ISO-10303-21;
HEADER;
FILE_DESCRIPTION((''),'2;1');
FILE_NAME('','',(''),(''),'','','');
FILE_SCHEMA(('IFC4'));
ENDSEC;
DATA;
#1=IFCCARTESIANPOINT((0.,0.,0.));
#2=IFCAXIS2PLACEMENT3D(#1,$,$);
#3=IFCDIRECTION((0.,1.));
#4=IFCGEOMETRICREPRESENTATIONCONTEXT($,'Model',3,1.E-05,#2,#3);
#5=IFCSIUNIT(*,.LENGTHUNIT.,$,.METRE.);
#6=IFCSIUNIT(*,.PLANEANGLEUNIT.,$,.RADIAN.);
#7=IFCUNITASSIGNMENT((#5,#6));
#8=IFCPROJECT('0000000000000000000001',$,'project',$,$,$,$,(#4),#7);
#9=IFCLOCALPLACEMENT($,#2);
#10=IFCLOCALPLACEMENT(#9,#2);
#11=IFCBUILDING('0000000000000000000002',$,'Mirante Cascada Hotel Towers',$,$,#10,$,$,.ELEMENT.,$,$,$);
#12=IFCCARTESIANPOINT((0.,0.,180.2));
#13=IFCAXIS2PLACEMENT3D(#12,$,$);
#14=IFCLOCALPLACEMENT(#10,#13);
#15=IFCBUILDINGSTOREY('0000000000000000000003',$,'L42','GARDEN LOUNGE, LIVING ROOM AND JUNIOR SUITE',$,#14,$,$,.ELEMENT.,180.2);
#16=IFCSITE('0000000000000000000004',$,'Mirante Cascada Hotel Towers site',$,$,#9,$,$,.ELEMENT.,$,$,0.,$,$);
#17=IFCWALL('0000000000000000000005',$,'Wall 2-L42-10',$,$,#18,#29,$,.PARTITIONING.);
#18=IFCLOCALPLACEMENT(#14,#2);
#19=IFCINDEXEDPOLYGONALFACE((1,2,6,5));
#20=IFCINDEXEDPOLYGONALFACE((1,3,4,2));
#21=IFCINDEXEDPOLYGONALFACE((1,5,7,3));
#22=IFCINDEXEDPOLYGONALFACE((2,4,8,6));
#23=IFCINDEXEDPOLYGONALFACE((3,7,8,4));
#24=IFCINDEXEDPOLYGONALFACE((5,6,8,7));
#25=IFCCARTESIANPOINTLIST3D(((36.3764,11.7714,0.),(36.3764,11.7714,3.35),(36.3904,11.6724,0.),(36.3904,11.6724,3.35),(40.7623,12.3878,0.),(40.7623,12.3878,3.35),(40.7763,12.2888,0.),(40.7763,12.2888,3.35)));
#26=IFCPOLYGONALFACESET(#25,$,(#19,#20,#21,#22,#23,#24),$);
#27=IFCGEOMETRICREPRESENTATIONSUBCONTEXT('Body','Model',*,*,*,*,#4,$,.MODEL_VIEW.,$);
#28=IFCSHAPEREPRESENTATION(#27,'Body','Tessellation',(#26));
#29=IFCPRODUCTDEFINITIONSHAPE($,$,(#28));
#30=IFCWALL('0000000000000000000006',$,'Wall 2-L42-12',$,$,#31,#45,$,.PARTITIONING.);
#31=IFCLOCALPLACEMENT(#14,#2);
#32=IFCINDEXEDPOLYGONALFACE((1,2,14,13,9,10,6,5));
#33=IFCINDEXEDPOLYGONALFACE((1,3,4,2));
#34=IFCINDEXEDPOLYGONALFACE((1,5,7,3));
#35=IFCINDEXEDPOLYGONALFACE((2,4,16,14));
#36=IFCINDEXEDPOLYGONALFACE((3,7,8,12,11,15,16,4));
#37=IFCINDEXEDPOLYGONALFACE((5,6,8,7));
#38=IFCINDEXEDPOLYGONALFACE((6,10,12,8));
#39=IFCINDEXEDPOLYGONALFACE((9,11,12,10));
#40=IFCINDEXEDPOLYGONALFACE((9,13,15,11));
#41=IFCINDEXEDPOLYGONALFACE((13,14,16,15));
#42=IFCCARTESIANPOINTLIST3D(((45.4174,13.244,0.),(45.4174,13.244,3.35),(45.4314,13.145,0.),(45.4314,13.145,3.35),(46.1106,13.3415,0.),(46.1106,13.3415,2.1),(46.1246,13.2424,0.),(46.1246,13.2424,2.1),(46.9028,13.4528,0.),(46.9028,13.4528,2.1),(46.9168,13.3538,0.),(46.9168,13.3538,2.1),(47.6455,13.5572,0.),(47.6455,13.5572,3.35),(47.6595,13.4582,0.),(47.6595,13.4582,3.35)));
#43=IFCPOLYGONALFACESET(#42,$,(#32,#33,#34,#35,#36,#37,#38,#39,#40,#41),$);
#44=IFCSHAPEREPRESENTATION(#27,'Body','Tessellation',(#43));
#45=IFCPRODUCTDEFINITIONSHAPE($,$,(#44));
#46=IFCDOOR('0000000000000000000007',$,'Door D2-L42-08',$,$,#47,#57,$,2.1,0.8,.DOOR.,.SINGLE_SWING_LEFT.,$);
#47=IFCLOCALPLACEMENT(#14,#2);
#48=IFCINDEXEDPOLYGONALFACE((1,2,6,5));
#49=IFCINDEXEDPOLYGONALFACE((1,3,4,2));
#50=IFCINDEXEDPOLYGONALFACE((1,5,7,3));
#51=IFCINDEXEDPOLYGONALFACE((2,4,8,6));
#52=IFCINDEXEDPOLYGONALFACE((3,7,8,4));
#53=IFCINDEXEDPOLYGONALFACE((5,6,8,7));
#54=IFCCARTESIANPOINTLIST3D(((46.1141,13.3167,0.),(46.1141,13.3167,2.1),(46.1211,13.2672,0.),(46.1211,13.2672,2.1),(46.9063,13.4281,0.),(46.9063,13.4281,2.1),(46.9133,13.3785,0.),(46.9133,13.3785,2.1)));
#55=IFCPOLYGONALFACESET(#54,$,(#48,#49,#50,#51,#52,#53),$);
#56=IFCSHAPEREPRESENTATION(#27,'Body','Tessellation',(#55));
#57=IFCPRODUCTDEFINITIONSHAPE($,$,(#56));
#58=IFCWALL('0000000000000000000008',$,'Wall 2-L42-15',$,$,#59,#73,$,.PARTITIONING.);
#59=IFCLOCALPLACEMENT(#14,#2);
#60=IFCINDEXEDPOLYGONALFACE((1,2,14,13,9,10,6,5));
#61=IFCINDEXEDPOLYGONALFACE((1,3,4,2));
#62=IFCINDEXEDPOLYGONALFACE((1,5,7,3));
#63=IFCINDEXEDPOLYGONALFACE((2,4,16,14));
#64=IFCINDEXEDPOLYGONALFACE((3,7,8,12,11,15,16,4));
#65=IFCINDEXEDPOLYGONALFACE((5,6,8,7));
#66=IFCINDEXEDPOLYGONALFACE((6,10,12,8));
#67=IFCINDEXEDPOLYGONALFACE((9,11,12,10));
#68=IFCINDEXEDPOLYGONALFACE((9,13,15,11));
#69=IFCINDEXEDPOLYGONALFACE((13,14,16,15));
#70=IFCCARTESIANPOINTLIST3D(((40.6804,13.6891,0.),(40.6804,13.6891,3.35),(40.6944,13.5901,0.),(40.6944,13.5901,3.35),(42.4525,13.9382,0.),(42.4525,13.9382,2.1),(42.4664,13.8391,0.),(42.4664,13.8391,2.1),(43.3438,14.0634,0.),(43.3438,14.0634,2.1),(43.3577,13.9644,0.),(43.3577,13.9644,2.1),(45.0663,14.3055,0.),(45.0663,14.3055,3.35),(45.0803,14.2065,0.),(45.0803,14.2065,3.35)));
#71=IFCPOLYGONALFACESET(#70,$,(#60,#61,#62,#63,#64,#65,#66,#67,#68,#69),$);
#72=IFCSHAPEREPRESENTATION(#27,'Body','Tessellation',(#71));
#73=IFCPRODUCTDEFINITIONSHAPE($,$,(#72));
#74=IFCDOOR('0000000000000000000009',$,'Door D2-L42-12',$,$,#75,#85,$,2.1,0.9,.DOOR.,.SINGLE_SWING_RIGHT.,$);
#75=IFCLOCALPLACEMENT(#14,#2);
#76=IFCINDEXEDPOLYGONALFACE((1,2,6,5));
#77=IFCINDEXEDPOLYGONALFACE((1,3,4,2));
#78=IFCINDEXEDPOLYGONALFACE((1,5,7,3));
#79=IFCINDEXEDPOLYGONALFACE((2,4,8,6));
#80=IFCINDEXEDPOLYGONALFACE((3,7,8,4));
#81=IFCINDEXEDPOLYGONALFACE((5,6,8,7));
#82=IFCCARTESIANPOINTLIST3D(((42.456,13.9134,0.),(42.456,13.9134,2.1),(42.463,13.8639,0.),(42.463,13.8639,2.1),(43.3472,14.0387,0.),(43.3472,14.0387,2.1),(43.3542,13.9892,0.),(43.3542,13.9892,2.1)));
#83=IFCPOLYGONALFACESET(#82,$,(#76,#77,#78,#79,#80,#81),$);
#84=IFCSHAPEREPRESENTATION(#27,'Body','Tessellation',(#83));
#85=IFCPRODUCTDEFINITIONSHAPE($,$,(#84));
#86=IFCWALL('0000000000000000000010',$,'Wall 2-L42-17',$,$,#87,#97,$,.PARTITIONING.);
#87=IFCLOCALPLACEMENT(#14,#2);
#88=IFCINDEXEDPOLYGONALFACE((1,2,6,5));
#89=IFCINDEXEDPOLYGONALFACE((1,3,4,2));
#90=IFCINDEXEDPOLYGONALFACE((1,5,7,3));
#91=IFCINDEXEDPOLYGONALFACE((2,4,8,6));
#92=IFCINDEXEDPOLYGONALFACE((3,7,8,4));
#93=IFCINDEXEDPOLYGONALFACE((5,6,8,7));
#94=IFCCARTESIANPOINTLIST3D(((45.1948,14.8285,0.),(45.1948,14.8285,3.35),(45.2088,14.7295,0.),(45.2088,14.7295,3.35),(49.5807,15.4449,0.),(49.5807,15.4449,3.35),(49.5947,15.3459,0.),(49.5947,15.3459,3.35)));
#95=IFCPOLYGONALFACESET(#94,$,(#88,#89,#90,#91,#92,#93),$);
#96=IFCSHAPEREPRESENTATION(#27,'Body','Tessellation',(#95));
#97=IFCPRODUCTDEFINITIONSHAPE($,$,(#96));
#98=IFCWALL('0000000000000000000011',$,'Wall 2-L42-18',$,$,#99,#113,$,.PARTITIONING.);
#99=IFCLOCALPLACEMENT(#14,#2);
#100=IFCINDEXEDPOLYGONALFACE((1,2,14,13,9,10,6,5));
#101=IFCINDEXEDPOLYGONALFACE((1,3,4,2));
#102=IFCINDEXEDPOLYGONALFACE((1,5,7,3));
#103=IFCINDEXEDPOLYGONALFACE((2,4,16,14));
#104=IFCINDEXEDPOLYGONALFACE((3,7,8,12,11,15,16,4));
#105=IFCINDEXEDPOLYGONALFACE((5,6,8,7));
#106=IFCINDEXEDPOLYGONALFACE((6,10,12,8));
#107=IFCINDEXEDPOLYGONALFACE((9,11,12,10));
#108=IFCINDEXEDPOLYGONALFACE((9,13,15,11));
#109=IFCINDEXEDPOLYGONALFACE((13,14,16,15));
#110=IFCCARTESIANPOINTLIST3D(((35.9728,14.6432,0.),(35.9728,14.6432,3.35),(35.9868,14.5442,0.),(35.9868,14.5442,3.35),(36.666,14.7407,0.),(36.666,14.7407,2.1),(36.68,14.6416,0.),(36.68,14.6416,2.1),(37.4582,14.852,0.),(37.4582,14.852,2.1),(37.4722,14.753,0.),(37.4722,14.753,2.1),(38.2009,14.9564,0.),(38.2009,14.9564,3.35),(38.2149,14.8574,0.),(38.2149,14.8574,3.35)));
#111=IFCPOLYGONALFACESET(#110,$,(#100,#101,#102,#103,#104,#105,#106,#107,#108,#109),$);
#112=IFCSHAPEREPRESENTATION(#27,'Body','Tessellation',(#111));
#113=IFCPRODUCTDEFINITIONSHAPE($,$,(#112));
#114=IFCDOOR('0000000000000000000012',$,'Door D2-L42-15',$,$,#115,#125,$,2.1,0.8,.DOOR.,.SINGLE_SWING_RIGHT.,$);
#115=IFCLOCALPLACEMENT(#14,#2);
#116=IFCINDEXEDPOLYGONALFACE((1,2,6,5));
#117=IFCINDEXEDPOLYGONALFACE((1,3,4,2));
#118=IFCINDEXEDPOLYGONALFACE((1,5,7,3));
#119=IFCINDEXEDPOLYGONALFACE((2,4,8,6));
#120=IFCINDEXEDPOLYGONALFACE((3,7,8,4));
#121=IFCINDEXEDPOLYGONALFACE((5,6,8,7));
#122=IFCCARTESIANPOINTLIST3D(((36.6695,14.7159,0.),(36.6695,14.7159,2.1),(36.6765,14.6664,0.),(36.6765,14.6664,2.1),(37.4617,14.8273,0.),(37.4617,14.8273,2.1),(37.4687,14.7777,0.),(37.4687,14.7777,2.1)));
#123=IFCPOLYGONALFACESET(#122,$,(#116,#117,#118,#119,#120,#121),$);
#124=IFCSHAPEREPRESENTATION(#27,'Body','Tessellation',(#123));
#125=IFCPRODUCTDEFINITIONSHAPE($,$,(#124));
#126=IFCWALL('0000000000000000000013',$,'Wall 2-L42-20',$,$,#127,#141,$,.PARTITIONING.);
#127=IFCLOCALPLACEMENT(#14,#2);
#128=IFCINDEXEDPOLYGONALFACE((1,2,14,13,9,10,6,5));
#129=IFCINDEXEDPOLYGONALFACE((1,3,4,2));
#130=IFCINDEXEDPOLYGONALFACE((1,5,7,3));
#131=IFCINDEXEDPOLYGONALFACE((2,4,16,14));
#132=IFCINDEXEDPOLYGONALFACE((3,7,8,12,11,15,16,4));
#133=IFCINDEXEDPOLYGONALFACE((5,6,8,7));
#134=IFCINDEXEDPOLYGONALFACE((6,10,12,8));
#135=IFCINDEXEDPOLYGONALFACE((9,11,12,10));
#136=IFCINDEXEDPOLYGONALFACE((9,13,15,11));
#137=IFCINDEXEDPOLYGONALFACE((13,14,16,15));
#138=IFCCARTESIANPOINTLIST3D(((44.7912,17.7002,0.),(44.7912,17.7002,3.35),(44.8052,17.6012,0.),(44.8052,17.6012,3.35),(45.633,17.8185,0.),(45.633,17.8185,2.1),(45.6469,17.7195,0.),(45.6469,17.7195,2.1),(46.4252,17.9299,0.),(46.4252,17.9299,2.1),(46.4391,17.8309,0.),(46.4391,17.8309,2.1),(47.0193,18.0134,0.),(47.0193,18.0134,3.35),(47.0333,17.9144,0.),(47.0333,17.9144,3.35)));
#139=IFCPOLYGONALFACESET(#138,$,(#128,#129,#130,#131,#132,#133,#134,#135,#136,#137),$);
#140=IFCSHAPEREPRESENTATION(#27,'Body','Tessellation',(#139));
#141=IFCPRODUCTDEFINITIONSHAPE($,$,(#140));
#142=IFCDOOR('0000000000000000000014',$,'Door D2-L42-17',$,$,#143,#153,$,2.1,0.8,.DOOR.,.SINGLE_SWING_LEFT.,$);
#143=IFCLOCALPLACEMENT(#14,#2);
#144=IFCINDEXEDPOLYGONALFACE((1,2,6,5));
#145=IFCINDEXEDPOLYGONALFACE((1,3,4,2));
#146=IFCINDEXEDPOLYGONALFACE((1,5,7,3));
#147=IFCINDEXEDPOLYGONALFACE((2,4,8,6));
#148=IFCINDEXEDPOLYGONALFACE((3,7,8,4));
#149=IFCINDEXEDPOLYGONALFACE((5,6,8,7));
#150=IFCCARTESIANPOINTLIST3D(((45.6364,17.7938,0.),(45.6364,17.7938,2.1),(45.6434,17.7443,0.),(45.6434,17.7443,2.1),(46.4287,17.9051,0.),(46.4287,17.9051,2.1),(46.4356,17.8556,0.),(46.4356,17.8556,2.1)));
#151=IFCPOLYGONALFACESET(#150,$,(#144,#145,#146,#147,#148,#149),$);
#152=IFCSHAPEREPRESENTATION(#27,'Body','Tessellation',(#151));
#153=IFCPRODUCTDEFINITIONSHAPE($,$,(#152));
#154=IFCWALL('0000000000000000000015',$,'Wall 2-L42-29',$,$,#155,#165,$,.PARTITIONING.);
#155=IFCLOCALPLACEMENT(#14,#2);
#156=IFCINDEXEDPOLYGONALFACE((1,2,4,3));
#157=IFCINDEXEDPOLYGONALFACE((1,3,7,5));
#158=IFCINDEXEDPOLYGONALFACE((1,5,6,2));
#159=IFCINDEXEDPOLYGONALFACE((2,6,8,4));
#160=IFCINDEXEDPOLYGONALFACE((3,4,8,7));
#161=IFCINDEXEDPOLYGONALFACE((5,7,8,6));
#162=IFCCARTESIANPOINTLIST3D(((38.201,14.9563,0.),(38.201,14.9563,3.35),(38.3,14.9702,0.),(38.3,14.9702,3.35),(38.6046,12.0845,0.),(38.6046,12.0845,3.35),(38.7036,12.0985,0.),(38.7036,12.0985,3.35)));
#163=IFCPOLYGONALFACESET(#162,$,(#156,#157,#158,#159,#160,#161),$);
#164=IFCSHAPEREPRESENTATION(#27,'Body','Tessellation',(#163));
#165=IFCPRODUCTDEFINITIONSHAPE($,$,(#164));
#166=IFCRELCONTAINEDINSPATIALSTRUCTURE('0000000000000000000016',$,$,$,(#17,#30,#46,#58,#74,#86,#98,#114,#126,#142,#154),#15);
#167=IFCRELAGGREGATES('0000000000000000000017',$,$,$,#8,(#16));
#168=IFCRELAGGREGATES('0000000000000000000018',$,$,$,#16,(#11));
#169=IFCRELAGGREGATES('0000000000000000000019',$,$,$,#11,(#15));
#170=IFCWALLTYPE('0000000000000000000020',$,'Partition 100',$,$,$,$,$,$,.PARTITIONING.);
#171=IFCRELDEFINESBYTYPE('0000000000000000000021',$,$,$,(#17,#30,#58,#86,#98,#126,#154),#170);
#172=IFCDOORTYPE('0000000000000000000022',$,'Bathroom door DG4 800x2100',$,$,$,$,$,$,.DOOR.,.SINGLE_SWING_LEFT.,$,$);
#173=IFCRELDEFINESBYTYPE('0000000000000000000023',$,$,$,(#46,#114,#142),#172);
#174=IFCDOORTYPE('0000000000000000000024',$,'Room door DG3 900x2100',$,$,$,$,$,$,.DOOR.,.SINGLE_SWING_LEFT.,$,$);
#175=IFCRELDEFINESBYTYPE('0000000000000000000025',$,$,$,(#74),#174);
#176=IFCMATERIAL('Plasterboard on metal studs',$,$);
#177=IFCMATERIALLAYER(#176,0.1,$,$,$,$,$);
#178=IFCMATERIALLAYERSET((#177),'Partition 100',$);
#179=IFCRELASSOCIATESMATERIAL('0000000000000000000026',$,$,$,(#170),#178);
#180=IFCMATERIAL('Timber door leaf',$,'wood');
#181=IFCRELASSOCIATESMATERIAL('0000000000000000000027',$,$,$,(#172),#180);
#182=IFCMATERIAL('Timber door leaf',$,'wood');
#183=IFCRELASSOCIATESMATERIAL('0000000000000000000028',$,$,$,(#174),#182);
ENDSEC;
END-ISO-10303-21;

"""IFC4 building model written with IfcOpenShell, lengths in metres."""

from ifc_helpers import new_model, si_unit, direction, frame, frame_2d, origin, place, context, subcontext, project, spatial, rectangle, extrude, material, layer, layer_set, type_object, element, fill, save


model = new_model("IFC4")

# Units and contexts
model_context = context("Model", 3, precision=1e-05, world=origin(), true_north=direction((0.0, 1.0)))
body_context = subcontext(model_context, "Body", "Model", "MODEL_VIEW")
ifc_project = project(units=[si_unit("LENGTHUNIT", "METRE"), si_unit("PLANEANGLEUNIT", "RADIAN")], contexts=[model_context])

# Site, building, storey
site_placement = place(None, origin())
site = spatial("IfcSite", under=ifc_project, at=site_placement, Name="Mirante Cascada Hotel Towers site", CompositionType="ELEMENT", RefElevation=0.0)
building_placement = place(site_placement, origin())
building = spatial("IfcBuilding", under=site, at=building_placement, Name="Mirante Cascada Hotel Towers", CompositionType="ELEMENT")
storey_placement = place(building_placement, frame((0.0, 0.0, 180.2)))
storey = spatial("IfcBuildingStorey", under=building, at=storey_placement, Name="L42", Description="GARDEN LOUNGE, LIVING ROOM AND JUNIOR SUITE", CompositionType="ELEMENT", Elevation=180.2)

# Wall
ifc_material_1 = material(Name="Plasterboard on metal studs")
ifc_layer_1 = layer(ifc_material_1, 0.1)
ifc_layer_set_1 = layer_set([ifc_layer_1], Name="Partition 100")
wall_type_1 = type_object("IfcWallType", Name="Partition 100", PredefinedType="PARTITIONING", material=ifc_layer_set_1)
wall_1_placement = place(storey_placement, frame((40.7693, 12.3383, 0.0), z_axis=(0.0, 0.0, 1.0), x_axis=(-0.990268, -0.139174, 0.0)))
element("IfcWall", 1, at=wall_1_placement, inside=storey, type_object=wall_type_1, Name="Wall 2-L42-10", PredefinedType="PARTITIONING", context=body_context, shape_type="SweptSolid", body=[
    extrude(rectangle(XDim=4.429, YDim=0.1, at=frame_2d((2.2145, 0.0))), origin(), (0.0, 0.0, 1.0), 3.35),
])

# Walls, openings, doors
wall_2_placement = place(storey_placement, frame((47.6525, 13.5077, 0.0), z_axis=(0.0, 0.0, 1.0), x_axis=(-0.990264, -0.1392, 0.0)))
wall_2 = element("IfcWall", 2, at=wall_2_placement, inside=storey, type_object=wall_type_1, Name="Wall 2-L42-12", PredefinedType="PARTITIONING", context=body_context, shape_type="SweptSolid", body=[
    extrude(rectangle(XDim=2.25, YDim=0.1, at=frame_2d((1.125, 0.0))), origin(), (0.0, 0.0, 1.0), 3.35),
])
opening_1_placement = place(wall_2_placement, frame((0.75, 0.0, 0.0)))
opening_1 = element("IfcOpeningElement", 3, at=opening_1_placement, cuts=wall_2, PredefinedType="OPENING", context=body_context, shape_type="SweptSolid", body=[
    extrude(rectangle(XDim=0.8, YDim=2.1, at=frame_2d((0.4, 1.05))), frame((0.0, 0.05, 0.0), z_axis=(0.0, -1.0, 0.0), x_axis=(1.0, 0.0, 0.0)), (0.0, 0.0, 1.0), 0.1),
])
ifc_material_2 = material(Name="Timber door leaf", Category="wood")
door_type_1 = type_object("IfcDoorType", Name="Bathroom door DG4 800x2100", OperationType="SINGLE_SWING_LEFT", PredefinedType="DOOR", material=ifc_material_2)
door_1_placement = place(opening_1_placement, origin())
door_1 = element("IfcDoor", 4, at=door_1_placement, inside=storey, type_object=door_type_1, Name="Door D2-L42-08", OperationType="SINGLE_SWING_LEFT", OverallHeight=2.1, OverallWidth=0.8, PredefinedType="DOOR", context=body_context, shape_type="SweptSolid", body=[
    extrude(rectangle(XDim=0.8, YDim=2.1, at=frame_2d((0.4, 1.05))), frame((0.0, 0.025, 0.0), z_axis=(0.0, -1.0, 0.0), x_axis=(1.0, 0.0, 0.0)), (0.0, 0.0, 1.0), 0.05),
])
fill(opening_1, door_1)
wall_3_placement = place(storey_placement, frame((40.6874, 13.6396, 0.0), z_axis=(0.0, 0.0, 1.0), x_axis=(0.990268, 0.139174, 0.0)))
wall_3 = element("IfcWall", 5, at=wall_3_placement, inside=storey, type_object=wall_type_1, Name="Wall 2-L42-15", PredefinedType="PARTITIONING", context=body_context, shape_type="SweptSolid", body=[
    extrude(rectangle(XDim=4.429, YDim=0.1, at=frame_2d((2.2145, 0.0))), origin(), (0.0, 0.0, 1.0), 3.35),
])
opening_2_placement = place(wall_3_placement, frame((1.7895, 0.0, 0.0)))
opening_2 = element("IfcOpeningElement", 6, at=opening_2_placement, cuts=wall_3, PredefinedType="OPENING", context=body_context, shape_type="SweptSolid", body=[
    extrude(rectangle(XDim=0.9, YDim=2.1, at=frame_2d((0.45, 1.05))), frame((0.0, 0.05, 0.0), z_axis=(0.0, -1.0, 0.0), x_axis=(1.0, 0.0, 0.0)), (0.0, 0.0, 1.0), 0.1),
])
ifc_material_3 = material(Name="Timber door leaf", Category="wood")
door_type_2 = type_object("IfcDoorType", Name="Room door DG3 900x2100", OperationType="SINGLE_SWING_LEFT", PredefinedType="DOOR", material=ifc_material_3)
door_2_placement = place(opening_2_placement, frame((0.9, 0.0, 0.0), z_axis=(0.0, 0.0, 1.0), x_axis=(-1.0, 0.0, 0.0)))
door_2 = element("IfcDoor", 7, at=door_2_placement, inside=storey, type_object=door_type_2, Name="Door D2-L42-12", OperationType="SINGLE_SWING_RIGHT", OverallHeight=2.1, OverallWidth=0.9, PredefinedType="DOOR", context=body_context, shape_type="SweptSolid", body=[
    extrude(rectangle(XDim=0.9, YDim=2.1, at=frame_2d((0.45, 1.05))), frame((0.0, 0.025, 0.0), z_axis=(0.0, -1.0, 0.0), x_axis=(1.0, 0.0, 0.0)), (0.0, 0.0, 1.0), 0.05),
])
fill(opening_2, door_2)

# Wall
wall_4_placement = place(storey_placement, frame((45.2018, 14.779, 0.0), z_axis=(0.0, 0.0, 1.0), x_axis=(0.990268, 0.139174, 0.0)))
element("IfcWall", 8, at=wall_4_placement, inside=storey, type_object=wall_type_1, Name="Wall 2-L42-17", PredefinedType="PARTITIONING", context=body_context, shape_type="SweptSolid", body=[
    extrude(rectangle(XDim=4.429, YDim=0.1, at=frame_2d((2.2145, 0.0))), origin(), (0.0, 0.0, 1.0), 3.35),
])

# Walls, openings, doors
wall_5_placement = place(storey_placement, frame((38.2079, 14.9069, 0.0), z_axis=(0.0, 0.0, 1.0), x_axis=(-0.990264, -0.1392, 0.0)))
wall_5 = element("IfcWall", 9, at=wall_5_placement, inside=storey, type_object=wall_type_1, Name="Wall 2-L42-18", PredefinedType="PARTITIONING", context=body_context, shape_type="SweptSolid", body=[
    extrude(rectangle(XDim=2.25, YDim=0.1, at=frame_2d((1.125, 0.0))), origin(), (0.0, 0.0, 1.0), 3.35),
])
opening_3_placement = place(wall_5_placement, frame((0.75, 0.0, 0.0)))
opening_3 = element("IfcOpeningElement", 10, at=opening_3_placement, cuts=wall_5, PredefinedType="OPENING", context=body_context, shape_type="SweptSolid", body=[
    extrude(rectangle(XDim=0.8, YDim=2.1, at=frame_2d((0.4, 1.05))), frame((0.0, 0.05, 0.0), z_axis=(0.0, -1.0, 0.0), x_axis=(1.0, 0.0, 0.0)), (0.0, 0.0, 1.0), 0.1),
])
door_3_placement = place(opening_3_placement, frame((0.8, 0.0, 0.0), z_axis=(0.0, 0.0, 1.0), x_axis=(-1.0, 0.0, 0.0)))
door_3 = element("IfcDoor", 11, at=door_3_placement, inside=storey, type_object=door_type_1, Name="Door D2-L42-15", OperationType="SINGLE_SWING_RIGHT", OverallHeight=2.1, OverallWidth=0.8, PredefinedType="DOOR", context=body_context, shape_type="SweptSolid", body=[
    extrude(rectangle(XDim=0.8, YDim=2.1, at=frame_2d((0.4, 1.05))), frame((0.0, 0.025, 0.0), z_axis=(0.0, -1.0, 0.0), x_axis=(1.0, 0.0, 0.0)), (0.0, 0.0, 1.0), 0.05),
])
fill(opening_3, door_3)
wall_6_placement = place(storey_placement, frame((47.0263, 17.9639, 0.0), z_axis=(0.0, 0.0, 1.0), x_axis=(-0.990264, -0.1392, 0.0)))
wall_6 = element("IfcWall", 12, at=wall_6_placement, inside=storey, type_object=wall_type_1, Name="Wall 2-L42-20", PredefinedType="PARTITIONING", context=body_context, shape_type="SweptSolid", body=[
    extrude(rectangle(XDim=2.25, YDim=0.1, at=frame_2d((1.125, 0.0))), origin(), (0.0, 0.0, 1.0), 3.35),
])
opening_4_placement = place(wall_6_placement, frame((0.6, 0.0, 0.0)))
opening_4 = element("IfcOpeningElement", 13, at=opening_4_placement, cuts=wall_6, PredefinedType="OPENING", context=body_context, shape_type="SweptSolid", body=[
    extrude(rectangle(XDim=0.8, YDim=2.1, at=frame_2d((0.4, 1.05))), frame((0.0, 0.05, 0.0), z_axis=(0.0, -1.0, 0.0), x_axis=(1.0, 0.0, 0.0)), (0.0, 0.0, 1.0), 0.1),
])
door_4_placement = place(opening_4_placement, origin())
door_4 = element("IfcDoor", 14, at=door_4_placement, inside=storey, type_object=door_type_1, Name="Door D2-L42-17", OperationType="SINGLE_SWING_LEFT", OverallHeight=2.1, OverallWidth=0.8, PredefinedType="DOOR", context=body_context, shape_type="SweptSolid", body=[
    extrude(rectangle(XDim=0.8, YDim=2.1, at=frame_2d((0.4, 1.05))), frame((0.0, 0.025, 0.0), z_axis=(0.0, -1.0, 0.0), x_axis=(1.0, 0.0, 0.0)), (0.0, 0.0, 1.0), 0.05),
])
fill(opening_4, door_4)

# Wall
wall_7_placement = place(storey_placement, frame((38.6541, 12.0915, 0.0), z_axis=(0.0, 0.0, 1.0), x_axis=(-0.139171, 0.990268, 0.0)))
element("IfcWall", 15, at=wall_7_placement, inside=storey, type_object=wall_type_1, Name="Wall 2-L42-29", PredefinedType="PARTITIONING", context=body_context, shape_type="SweptSolid", body=[
    extrude(rectangle(XDim=2.9, YDim=0.1, at=frame_2d((1.45, 0.0))), origin(), (0.0, 0.0, 1.0), 3.35),
])

save(model, "model.ifc")
